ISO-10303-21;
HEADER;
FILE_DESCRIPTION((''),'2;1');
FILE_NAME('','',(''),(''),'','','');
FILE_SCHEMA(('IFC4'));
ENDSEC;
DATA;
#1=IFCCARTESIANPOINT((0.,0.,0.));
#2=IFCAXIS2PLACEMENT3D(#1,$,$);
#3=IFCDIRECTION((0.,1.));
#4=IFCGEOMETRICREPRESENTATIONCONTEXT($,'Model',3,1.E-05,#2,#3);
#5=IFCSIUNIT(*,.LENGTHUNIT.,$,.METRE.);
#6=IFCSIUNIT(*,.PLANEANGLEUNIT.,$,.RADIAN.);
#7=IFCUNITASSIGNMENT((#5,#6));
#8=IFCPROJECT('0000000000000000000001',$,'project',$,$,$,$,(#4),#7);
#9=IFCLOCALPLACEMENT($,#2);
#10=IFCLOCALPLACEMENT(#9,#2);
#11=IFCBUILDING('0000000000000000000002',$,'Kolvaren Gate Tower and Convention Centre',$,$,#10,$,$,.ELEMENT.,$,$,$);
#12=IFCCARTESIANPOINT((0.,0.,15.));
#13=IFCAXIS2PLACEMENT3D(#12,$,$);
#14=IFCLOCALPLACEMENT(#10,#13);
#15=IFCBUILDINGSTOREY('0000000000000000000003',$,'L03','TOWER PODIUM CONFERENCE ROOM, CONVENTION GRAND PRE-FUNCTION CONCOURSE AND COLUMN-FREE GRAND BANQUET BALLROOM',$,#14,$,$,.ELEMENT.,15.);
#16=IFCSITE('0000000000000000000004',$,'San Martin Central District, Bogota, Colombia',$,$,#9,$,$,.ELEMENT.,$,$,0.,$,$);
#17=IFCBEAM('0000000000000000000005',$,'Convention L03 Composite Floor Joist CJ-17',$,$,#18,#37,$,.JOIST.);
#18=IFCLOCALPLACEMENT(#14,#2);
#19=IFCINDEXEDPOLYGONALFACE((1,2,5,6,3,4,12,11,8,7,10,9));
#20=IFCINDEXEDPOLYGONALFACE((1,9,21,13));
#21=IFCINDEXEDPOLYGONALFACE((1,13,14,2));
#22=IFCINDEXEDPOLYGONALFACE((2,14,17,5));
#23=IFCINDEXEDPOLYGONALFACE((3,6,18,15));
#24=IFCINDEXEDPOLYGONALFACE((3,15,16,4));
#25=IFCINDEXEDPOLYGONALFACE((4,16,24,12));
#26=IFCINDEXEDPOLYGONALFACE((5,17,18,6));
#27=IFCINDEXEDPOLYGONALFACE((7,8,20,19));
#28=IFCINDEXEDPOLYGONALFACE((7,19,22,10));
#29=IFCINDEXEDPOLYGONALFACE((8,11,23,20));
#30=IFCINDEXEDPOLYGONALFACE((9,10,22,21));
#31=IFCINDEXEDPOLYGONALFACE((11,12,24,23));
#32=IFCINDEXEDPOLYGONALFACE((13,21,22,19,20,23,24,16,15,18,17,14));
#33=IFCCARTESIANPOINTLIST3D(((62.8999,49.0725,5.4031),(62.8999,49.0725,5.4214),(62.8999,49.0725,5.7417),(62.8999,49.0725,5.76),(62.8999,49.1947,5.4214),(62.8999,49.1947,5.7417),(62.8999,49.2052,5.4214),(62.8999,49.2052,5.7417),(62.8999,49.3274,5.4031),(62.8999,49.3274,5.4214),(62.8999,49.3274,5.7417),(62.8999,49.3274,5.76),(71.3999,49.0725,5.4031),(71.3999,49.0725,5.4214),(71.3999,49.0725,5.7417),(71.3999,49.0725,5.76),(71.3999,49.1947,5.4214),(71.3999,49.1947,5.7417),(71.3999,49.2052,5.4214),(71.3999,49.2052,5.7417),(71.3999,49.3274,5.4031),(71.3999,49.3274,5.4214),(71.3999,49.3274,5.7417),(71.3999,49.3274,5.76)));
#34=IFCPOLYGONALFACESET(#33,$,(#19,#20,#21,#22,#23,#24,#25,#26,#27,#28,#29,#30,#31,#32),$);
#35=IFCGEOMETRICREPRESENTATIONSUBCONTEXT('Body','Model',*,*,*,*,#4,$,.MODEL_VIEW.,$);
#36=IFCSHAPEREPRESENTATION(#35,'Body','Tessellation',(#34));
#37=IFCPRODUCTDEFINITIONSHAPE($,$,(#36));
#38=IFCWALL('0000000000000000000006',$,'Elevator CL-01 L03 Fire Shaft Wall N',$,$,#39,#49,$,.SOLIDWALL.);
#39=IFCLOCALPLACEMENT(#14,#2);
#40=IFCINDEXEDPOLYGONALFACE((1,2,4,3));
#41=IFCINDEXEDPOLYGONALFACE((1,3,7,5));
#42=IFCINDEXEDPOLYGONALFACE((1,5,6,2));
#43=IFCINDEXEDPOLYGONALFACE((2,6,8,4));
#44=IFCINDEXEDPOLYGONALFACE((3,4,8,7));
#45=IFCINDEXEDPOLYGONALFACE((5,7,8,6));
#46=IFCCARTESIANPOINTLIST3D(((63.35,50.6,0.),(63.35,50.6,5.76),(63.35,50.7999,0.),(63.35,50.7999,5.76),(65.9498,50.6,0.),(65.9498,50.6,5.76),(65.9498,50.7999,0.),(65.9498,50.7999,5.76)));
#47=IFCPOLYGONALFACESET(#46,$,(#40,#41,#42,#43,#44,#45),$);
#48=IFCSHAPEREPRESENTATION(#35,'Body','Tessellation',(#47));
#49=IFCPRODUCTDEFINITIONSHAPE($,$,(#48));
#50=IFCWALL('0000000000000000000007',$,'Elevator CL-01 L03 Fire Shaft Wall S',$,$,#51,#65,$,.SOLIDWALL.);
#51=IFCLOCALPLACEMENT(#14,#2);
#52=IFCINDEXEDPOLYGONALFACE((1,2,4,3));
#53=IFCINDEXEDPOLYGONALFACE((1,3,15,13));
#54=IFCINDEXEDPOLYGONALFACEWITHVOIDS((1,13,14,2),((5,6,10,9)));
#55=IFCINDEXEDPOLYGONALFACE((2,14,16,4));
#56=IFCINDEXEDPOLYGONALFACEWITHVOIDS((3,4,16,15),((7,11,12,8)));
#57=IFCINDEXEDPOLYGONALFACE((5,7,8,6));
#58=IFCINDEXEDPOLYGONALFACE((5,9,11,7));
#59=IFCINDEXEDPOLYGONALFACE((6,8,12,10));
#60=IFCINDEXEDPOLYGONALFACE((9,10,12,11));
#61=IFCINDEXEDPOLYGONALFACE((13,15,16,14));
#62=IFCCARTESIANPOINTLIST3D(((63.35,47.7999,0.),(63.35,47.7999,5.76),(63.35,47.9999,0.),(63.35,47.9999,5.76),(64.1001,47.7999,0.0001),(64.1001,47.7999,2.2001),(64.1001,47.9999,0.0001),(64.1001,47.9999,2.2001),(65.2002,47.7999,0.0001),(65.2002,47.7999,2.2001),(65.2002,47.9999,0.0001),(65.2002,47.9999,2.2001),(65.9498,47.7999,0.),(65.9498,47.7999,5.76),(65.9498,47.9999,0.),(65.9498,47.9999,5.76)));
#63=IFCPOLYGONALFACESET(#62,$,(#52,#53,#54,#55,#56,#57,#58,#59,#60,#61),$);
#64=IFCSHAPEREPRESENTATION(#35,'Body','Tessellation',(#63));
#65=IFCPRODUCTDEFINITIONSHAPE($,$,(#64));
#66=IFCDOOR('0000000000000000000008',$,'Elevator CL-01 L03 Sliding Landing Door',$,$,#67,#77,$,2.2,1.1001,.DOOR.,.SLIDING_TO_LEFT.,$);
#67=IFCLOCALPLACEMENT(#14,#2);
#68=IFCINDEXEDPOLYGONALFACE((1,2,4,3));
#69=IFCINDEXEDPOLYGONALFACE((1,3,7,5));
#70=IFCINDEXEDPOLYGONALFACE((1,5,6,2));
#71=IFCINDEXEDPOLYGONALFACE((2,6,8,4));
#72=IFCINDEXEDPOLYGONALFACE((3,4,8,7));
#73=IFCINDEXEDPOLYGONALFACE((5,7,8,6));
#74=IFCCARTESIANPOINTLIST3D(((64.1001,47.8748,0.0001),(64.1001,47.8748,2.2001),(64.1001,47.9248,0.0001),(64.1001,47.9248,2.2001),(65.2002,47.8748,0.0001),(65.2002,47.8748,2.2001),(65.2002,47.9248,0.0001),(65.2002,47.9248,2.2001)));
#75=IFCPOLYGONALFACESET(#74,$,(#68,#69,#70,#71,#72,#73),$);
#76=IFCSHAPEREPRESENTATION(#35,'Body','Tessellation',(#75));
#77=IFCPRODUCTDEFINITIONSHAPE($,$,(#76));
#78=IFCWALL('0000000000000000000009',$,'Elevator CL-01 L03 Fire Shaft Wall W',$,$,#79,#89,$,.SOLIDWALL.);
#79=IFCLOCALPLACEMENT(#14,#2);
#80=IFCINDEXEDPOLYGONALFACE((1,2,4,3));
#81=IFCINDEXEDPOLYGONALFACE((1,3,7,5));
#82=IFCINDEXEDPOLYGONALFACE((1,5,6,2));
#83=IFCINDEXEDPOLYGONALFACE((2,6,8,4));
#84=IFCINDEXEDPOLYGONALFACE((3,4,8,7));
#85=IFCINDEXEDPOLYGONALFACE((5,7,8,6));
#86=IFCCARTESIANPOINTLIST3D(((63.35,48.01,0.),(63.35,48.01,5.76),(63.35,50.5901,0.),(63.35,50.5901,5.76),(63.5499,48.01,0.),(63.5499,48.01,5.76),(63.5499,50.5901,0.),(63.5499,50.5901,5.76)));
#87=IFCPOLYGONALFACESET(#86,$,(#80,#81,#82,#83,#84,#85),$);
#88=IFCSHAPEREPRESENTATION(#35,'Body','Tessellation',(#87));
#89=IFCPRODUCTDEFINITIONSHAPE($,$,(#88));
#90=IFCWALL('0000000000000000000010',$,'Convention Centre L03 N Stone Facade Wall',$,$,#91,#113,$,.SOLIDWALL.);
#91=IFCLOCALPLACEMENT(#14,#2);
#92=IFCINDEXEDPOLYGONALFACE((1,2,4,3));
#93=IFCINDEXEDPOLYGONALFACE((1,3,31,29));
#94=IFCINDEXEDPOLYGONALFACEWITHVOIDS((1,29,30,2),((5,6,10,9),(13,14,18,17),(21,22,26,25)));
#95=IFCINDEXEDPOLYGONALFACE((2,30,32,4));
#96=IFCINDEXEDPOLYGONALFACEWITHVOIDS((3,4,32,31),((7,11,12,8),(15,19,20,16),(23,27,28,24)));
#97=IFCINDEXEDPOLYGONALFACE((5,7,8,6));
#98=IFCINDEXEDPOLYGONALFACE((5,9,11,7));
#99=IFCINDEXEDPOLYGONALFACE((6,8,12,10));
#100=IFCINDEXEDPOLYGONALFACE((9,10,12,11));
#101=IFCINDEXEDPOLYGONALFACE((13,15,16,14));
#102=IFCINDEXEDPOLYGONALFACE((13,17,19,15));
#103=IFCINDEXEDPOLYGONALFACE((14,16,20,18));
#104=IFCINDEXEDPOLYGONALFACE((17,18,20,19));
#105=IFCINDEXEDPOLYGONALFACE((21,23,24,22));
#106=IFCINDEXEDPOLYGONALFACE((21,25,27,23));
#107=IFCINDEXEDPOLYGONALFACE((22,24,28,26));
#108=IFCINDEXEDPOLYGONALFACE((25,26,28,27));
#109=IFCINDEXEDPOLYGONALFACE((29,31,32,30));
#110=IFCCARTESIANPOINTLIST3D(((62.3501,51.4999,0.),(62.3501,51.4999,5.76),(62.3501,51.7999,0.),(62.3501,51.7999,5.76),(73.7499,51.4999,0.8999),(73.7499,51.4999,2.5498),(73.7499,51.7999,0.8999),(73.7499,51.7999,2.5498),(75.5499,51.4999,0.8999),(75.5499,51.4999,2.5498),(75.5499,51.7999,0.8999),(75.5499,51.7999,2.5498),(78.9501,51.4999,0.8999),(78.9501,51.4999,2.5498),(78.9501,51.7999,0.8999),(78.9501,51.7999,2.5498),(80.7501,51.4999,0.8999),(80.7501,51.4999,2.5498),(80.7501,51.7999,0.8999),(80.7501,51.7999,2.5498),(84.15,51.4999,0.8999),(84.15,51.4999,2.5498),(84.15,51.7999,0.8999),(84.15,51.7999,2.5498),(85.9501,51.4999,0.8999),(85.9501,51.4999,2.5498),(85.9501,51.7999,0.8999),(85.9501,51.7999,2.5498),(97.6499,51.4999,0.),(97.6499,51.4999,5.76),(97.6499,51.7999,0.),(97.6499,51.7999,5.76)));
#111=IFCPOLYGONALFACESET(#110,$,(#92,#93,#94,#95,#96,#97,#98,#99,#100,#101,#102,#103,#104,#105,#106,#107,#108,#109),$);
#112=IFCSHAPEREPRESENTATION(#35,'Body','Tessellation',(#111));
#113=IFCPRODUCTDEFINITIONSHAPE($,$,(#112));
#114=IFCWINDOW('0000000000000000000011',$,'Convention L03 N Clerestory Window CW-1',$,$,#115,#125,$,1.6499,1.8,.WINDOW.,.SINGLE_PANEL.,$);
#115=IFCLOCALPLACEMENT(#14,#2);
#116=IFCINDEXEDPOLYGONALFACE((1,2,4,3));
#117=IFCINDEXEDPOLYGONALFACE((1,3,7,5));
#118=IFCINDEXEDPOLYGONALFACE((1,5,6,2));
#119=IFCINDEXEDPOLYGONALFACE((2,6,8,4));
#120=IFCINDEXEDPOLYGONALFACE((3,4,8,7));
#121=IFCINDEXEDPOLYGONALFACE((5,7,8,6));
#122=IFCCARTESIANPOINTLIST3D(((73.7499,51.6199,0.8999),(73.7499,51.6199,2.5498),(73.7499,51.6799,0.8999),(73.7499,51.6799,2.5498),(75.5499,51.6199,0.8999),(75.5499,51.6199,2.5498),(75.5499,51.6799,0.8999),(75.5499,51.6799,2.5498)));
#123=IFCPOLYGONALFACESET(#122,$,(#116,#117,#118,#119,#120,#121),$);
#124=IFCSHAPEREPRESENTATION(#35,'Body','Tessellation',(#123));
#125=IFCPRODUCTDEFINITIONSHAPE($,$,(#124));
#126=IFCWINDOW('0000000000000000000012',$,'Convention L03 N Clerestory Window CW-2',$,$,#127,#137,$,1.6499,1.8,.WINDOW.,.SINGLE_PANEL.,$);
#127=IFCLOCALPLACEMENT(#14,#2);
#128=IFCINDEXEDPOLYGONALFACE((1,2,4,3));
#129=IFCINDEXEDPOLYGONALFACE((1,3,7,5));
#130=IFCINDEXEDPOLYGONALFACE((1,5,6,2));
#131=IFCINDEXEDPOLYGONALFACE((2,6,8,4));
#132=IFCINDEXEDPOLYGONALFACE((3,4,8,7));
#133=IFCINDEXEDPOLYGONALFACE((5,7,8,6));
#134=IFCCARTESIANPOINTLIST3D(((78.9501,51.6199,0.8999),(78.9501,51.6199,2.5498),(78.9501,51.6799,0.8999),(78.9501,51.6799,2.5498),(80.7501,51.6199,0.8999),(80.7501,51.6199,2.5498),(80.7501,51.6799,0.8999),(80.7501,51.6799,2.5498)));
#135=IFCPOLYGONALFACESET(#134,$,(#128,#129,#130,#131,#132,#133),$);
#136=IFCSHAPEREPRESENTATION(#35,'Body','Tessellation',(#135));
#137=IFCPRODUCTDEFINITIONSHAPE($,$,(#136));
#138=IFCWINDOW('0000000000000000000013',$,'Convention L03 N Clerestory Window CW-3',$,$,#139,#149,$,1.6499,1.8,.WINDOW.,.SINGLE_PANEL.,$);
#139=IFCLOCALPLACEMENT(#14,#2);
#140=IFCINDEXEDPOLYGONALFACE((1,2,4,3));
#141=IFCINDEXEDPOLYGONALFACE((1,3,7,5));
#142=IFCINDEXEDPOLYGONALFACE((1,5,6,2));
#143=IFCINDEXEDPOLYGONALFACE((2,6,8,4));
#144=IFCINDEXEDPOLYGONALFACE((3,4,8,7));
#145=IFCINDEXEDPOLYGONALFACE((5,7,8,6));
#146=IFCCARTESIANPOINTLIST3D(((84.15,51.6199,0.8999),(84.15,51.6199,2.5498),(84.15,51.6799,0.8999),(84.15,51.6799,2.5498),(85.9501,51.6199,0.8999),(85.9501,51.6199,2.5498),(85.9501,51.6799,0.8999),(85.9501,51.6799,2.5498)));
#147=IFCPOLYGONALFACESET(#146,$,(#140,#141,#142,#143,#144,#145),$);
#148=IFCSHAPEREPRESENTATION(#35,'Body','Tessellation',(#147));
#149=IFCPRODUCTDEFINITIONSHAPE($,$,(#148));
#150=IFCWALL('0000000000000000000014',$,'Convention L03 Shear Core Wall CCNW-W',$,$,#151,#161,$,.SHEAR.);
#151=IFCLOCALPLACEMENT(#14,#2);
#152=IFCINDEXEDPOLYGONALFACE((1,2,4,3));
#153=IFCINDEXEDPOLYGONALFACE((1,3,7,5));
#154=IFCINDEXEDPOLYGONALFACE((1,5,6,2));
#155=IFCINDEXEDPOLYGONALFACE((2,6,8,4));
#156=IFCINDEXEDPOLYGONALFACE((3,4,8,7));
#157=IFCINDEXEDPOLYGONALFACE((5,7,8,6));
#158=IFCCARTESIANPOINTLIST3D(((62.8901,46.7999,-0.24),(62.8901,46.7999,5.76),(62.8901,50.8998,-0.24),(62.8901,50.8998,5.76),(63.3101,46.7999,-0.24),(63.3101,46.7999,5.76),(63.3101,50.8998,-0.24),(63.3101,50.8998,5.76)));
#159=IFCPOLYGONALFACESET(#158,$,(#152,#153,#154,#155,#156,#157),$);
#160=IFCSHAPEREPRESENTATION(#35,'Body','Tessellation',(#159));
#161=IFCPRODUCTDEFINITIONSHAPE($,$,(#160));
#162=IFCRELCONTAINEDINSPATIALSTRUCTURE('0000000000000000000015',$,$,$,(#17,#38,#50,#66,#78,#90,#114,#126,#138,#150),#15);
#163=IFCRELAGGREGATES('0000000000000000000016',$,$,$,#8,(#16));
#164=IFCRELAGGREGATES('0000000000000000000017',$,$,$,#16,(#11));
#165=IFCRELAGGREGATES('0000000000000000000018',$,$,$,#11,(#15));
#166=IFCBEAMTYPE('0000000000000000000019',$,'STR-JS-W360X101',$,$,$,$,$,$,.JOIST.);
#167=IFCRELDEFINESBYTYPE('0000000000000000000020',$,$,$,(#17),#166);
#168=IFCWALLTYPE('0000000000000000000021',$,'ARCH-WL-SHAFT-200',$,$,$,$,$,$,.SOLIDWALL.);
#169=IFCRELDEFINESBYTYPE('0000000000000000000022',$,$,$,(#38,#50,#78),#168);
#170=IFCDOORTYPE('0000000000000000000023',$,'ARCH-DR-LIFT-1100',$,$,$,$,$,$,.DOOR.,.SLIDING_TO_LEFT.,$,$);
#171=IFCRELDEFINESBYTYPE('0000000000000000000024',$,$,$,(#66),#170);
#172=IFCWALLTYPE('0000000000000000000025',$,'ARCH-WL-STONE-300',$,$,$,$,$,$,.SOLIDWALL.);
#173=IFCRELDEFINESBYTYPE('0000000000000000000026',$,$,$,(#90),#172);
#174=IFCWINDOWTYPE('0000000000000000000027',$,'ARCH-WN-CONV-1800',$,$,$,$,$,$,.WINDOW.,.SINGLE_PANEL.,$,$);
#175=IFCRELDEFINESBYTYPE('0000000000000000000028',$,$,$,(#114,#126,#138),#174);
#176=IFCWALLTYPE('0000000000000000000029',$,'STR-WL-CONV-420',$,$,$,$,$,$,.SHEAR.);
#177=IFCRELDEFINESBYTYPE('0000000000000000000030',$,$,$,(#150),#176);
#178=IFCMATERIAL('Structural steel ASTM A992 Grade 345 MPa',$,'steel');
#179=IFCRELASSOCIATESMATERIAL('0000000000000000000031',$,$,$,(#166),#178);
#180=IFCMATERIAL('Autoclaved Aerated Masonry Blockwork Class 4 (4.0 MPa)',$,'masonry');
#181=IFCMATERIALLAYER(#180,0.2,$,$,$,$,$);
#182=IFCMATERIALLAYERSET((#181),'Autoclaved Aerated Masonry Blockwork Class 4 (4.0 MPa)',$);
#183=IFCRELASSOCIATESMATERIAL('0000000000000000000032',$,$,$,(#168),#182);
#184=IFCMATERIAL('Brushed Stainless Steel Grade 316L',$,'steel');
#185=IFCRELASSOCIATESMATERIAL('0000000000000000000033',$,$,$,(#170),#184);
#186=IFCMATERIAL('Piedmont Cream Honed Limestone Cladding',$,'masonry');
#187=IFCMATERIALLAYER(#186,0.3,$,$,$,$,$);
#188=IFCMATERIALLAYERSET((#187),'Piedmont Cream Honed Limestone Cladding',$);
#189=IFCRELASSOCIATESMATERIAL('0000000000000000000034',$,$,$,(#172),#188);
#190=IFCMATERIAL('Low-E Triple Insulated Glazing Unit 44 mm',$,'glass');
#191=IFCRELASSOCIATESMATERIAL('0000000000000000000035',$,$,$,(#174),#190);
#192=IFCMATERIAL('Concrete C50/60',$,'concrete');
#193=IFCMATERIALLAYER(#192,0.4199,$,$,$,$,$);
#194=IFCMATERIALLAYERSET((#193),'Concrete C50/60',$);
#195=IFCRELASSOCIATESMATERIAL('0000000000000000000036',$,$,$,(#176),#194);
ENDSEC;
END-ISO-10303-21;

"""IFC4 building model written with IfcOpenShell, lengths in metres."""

from ifc_helpers import new_model, si_unit, direction, frame, frame_2d, origin, origin_2d, place, context, subcontext, project, spatial, rectangle, i_section, extrude, material, layer, layer_set, material_profile, profile_set, type_object, element, fill, save


model = new_model("IFC4")

# Units and contexts
model_context = context("Model", 3, precision=1e-05, world=origin(), true_north=direction((0.0, 1.0)))
body_context = subcontext(model_context, "Body", "Model", "MODEL_VIEW")
ifc_project = project(units=[si_unit("LENGTHUNIT", "METRE"), si_unit("PLANEANGLEUNIT", "RADIAN")], contexts=[model_context])

# Site, building, storey
site_placement = place(None, origin())
site = spatial("IfcSite", under=ifc_project, at=site_placement, Name="San Martin Central District, Bogota, Colombia", CompositionType="ELEMENT", RefElevation=0.0)
building_placement = place(site_placement, origin())
building = spatial("IfcBuilding", under=site, at=building_placement, Name="Kolvaren Gate Tower and Convention Centre", CompositionType="ELEMENT")
storey_placement = place(building_placement, frame((0.0, 0.0, 15.0)))
storey = spatial("IfcBuildingStorey", under=building, at=storey_placement, Name="L03", Description="TOWER PODIUM CONFERENCE ROOM, CONVENTION GRAND PRE-FUNCTION CONCOURSE AND COLUMN-FREE GRAND BANQUET BALLROOM", CompositionType="ELEMENT", Elevation=15.0)

# Shared definitions
ifc_material_1 = material(Name="Structural steel ASTM A992 Grade 345 MPa", Category="steel")

# Beam
ifc_material_profile_1 = material_profile(ifc_material_1, i_section(OverallWidth=0.2549, OverallDepth=0.3569, WebThickness=0.0105, FlangeThickness=0.0183, at=origin_2d()), Name="W360X101")
ifc_profile_set_1 = profile_set([ifc_material_profile_1], Name="Structural steel ASTM A992 Grade 345 MPa")
beam_type_1 = type_object("IfcBeamType", Name="STR-JS-W360X101", PredefinedType="JOIST", material=ifc_profile_set_1)
for number, where, z_axis, x_axis, name in (
    (1, (62.8999, 49.2, 5.5815), (1.0, 0.0, 0.0), (0.0, 1.0, 0.0), "Convention L03 Composite Floor Joist CJ-17"),
):
    element("IfcBeam", number, at=place(storey_placement, frame(where, z_axis=z_axis, x_axis=x_axis)), inside=storey, type_object=beam_type_1, Name=name, PredefinedType="JOIST", context=body_context, shape_type="SweptSolid", body=[
        extrude(i_section(OverallWidth=0.2549, OverallDepth=0.3569, WebThickness=0.0105, FlangeThickness=0.0183, at=origin_2d()), origin(), (0.0, 0.0, 1.0), 8.5),
    ])

# Wall
ifc_material_2 = material(Name="Autoclaved Aerated Masonry Blockwork Class 4 (4.0 MPa)", Category="masonry")
ifc_layer_1 = layer(ifc_material_2, 0.2)
ifc_layer_set_1 = layer_set([ifc_layer_1], Name="Autoclaved Aerated Masonry Blockwork Class 4 (4.0 MPa)")
wall_type_1 = type_object("IfcWallType", Name="ARCH-WL-SHAFT-200", PredefinedType="SOLIDWALL", material=ifc_layer_set_1)
wall_1_placement = place(storey_placement, frame((63.3501, 50.7, 0.0), z_axis=(0.0, 0.0, 1.0), x_axis=(1.0, 0.0, 0.0)))
element("IfcWall", 2, at=wall_1_placement, inside=storey, type_object=wall_type_1, Name="Elevator CL-01 L03 Fire Shaft Wall N", PredefinedType="SOLIDWALL", context=body_context, shape_type="SweptSolid", body=[
    extrude(rectangle(XDim=2.5999, YDim=0.2, at=frame_2d((1.2998, 0.0))), origin(), (0.0, 0.0, 1.0), 5.76),
])

# Wall, opening, door
wall_2_placement = place(storey_placement, frame((63.3501, 47.8999, 0.0), z_axis=(0.0, 0.0, 1.0), x_axis=(1.0, 0.0, 0.0)))
wall_2 = element("IfcWall", 3, at=wall_2_placement, inside=storey, type_object=wall_type_1, Name="Elevator CL-01 L03 Fire Shaft Wall S", PredefinedType="SOLIDWALL", context=body_context, shape_type="SweptSolid", body=[
    extrude(rectangle(XDim=2.5999, YDim=0.2, at=frame_2d((1.2998, 0.0))), origin(), (0.0, 0.0, 1.0), 5.76),
])
opening_1_placement = place(wall_2_placement, frame((0.75, 0.0, 0.0)))
opening_1 = element("IfcOpeningElement", 4, at=opening_1_placement, cuts=wall_2, PredefinedType="OPENING", context=body_context, shape_type="SweptSolid", body=[
    extrude(rectangle(XDim=1.1001, YDim=2.2, at=frame_2d((0.55, 1.1001))), frame((0.0, 0.1099, 0.0), z_axis=(0.0, -1.0, 0.0), x_axis=(1.0, 0.0, 0.0)), (0.0, 0.0, 1.0), 0.22),
])
ifc_material_3 = material(Name="Brushed Stainless Steel Grade 316L", Category="steel")
door_type_1 = type_object("IfcDoorType", Name="ARCH-DR-LIFT-1100", OperationType="SLIDING_TO_LEFT", PredefinedType="DOOR", material=ifc_material_3)
door_1_placement = place(opening_1_placement, origin())
door_1 = element("IfcDoor", 5, at=door_1_placement, inside=storey, type_object=door_type_1, Name="Elevator CL-01 L03 Sliding Landing Door", OperationType="SLIDING_TO_LEFT", OverallHeight=2.2, OverallWidth=1.1001, PredefinedType="DOOR", context=body_context, shape_type="SweptSolid", body=[
    extrude(rectangle(XDim=1.1001, YDim=2.2, at=frame_2d((0.55, 1.1001))), frame((0.0, 0.0249, 0.0), z_axis=(0.0, -1.0, 0.0), x_axis=(1.0, 0.0, 0.0)), (0.0, 0.0, 1.0), 0.05),
])
fill(opening_1, door_1)

# Wall
wall_3_placement = place(storey_placement, frame((63.45, 48.01, 0.0), z_axis=(0.0, 0.0, 1.0), x_axis=(0.0, 1.0, 0.0)))
element("IfcWall", 6, at=wall_3_placement, inside=storey, type_object=wall_type_1, Name="Elevator CL-01 L03 Fire Shaft Wall W", PredefinedType="SOLIDWALL", context=body_context, shape_type="SweptSolid", body=[
    extrude(rectangle(XDim=2.5801, YDim=0.2, at=frame_2d((1.29, 0.0))), origin(), (0.0, 0.0, 1.0), 5.76),
])

# Wall, openings, windows
ifc_material_4 = material(Name="Piedmont Cream Honed Limestone Cladding", Category="masonry")
ifc_layer_2 = layer(ifc_material_4, 0.3)
ifc_layer_set_2 = layer_set([ifc_layer_2], Name="Piedmont Cream Honed Limestone Cladding")
wall_type_2 = type_object("IfcWallType", Name="ARCH-WL-STONE-300", PredefinedType="SOLIDWALL", material=ifc_layer_set_2)
wall_4_placement = place(storey_placement, frame((62.3501, 51.6499, 0.0), z_axis=(0.0, 0.0, 1.0), x_axis=(1.0, 0.0, 0.0)))
wall_4 = element("IfcWall", 7, at=wall_4_placement, inside=storey, type_object=wall_type_2, Name="Convention Centre L03 N Stone Facade Wall", PredefinedType="SOLIDWALL", context=body_context, shape_type="SweptSolid", body=[
    extrude(rectangle(XDim=35.2998, YDim=0.3, at=frame_2d((17.6499, 0.0))), origin(), (0.0, 0.0, 1.0), 5.76),
])
opening_2_placement = place(wall_4_placement, frame((11.3999, 0.0, 0.8999)))
opening_2 = element("IfcOpeningElement", 8, at=opening_2_placement, cuts=wall_4, PredefinedType="OPENING", context=body_context, shape_type="SweptSolid", body=[
    extrude(rectangle(XDim=1.8, YDim=1.6499, at=frame_2d((0.8999, 0.825))), frame((0.0, 0.1599, 0.0), z_axis=(0.0, -1.0, 0.0), x_axis=(1.0, 0.0, 0.0)), (0.0, 0.0, 1.0), 0.3201),
])
opening_3_placement = place(wall_4_placement, frame((16.6001, 0.0, 0.8999)))
opening_3 = element("IfcOpeningElement", 9, at=opening_3_placement, cuts=wall_4, PredefinedType="OPENING", context=body_context, shape_type="SweptSolid", body=[
    extrude(rectangle(XDim=1.8, YDim=1.6499, at=frame_2d((0.8999, 0.825))), frame((0.0, 0.1599, 0.0), z_axis=(0.0, -1.0, 0.0), x_axis=(1.0, 0.0, 0.0)), (0.0, 0.0, 1.0), 0.3201),
])
opening_4_placement = place(wall_4_placement, frame((21.8, 0.0, 0.8999)))
opening_4 = element("IfcOpeningElement", 10, at=opening_4_placement, cuts=wall_4, PredefinedType="OPENING", context=body_context, shape_type="SweptSolid", body=[
    extrude(rectangle(XDim=1.8, YDim=1.6499, at=frame_2d((0.8999, 0.825))), frame((0.0, 0.1599, 0.0), z_axis=(0.0, -1.0, 0.0), x_axis=(1.0, 0.0, 0.0)), (0.0, 0.0, 1.0), 0.3201),
])
ifc_material_5 = material(Name="Low-E Triple Insulated Glazing Unit 44 mm", Category="glass")
window_type = type_object("IfcWindowType", Name="ARCH-WN-CONV-1800", PartitioningType="SINGLE_PANEL", PredefinedType="WINDOW", material=ifc_material_5)
window_1_placement = place(opening_2_placement, origin())
window_1 = element("IfcWindow", 11, at=window_1_placement, inside=storey, type_object=window_type, Name="Convention L03 N Clerestory Window CW-1", OverallHeight=1.6499, OverallWidth=1.8, PartitioningType="SINGLE_PANEL", PredefinedType="WINDOW", context=body_context, shape_type="SweptSolid", body=[
    extrude(rectangle(XDim=1.8, YDim=1.6499, at=frame_2d((0.8999, 0.825))), frame((0.0, 0.03, 0.0), z_axis=(0.0, -1.0, 0.0), x_axis=(1.0, 0.0, 0.0)), (0.0, 0.0, 1.0), 0.0601),
])
fill(opening_2, window_1)
window_2_placement = place(opening_3_placement, origin())
window_2 = element("IfcWindow", 12, at=window_2_placement, inside=storey, type_object=window_type, Name="Convention L03 N Clerestory Window CW-2", OverallHeight=1.6499, OverallWidth=1.8, PartitioningType="SINGLE_PANEL", PredefinedType="WINDOW", context=body_context, shape_type="SweptSolid", body=[
    extrude(rectangle(XDim=1.8, YDim=1.6499, at=frame_2d((0.8999, 0.825))), frame((0.0, 0.03, 0.0), z_axis=(0.0, -1.0, 0.0), x_axis=(1.0, 0.0, 0.0)), (0.0, 0.0, 1.0), 0.0601),
])
fill(opening_3, window_2)
window_3_placement = place(opening_4_placement, origin())
window_3 = element("IfcWindow", 13, at=window_3_placement, inside=storey, type_object=window_type, Name="Convention L03 N Clerestory Window CW-3", OverallHeight=1.6499, OverallWidth=1.8, PartitioningType="SINGLE_PANEL", PredefinedType="WINDOW", context=body_context, shape_type="SweptSolid", body=[
    extrude(rectangle(XDim=1.8, YDim=1.6499, at=frame_2d((0.8999, 0.825))), frame((0.0, 0.03, 0.0), z_axis=(0.0, -1.0, 0.0), x_axis=(1.0, 0.0, 0.0)), (0.0, 0.0, 1.0), 0.0601),
])
fill(opening_4, window_3)

# Wall
ifc_material_6 = material(Name="Concrete C50/60", Category="concrete")
ifc_layer_3 = layer(ifc_material_6, 0.4199)
ifc_layer_set_3 = layer_set([ifc_layer_3], Name="Concrete C50/60")
wall_type_3 = type_object("IfcWallType", Name="STR-WL-CONV-420", PredefinedType="SHEAR", material=ifc_layer_set_3)
wall_5_placement = place(storey_placement, frame((63.1001, 46.8, -0.24), z_axis=(0.0, 0.0, 1.0), x_axis=(0.0, 1.0, 0.0)))
element("IfcWall", 14, at=wall_5_placement, inside=storey, type_object=wall_type_3, Name="Convention L03 Shear Core Wall CCNW-W", PredefinedType="SHEAR", context=body_context, shape_type="SweptSolid", body=[
    extrude(rectangle(XDim=4.0999, YDim=0.4199, at=frame_2d((2.0498, 0.0))), origin(), (0.0, 0.0, 1.0), 6.0),
])

save(model, "model.ifc")
